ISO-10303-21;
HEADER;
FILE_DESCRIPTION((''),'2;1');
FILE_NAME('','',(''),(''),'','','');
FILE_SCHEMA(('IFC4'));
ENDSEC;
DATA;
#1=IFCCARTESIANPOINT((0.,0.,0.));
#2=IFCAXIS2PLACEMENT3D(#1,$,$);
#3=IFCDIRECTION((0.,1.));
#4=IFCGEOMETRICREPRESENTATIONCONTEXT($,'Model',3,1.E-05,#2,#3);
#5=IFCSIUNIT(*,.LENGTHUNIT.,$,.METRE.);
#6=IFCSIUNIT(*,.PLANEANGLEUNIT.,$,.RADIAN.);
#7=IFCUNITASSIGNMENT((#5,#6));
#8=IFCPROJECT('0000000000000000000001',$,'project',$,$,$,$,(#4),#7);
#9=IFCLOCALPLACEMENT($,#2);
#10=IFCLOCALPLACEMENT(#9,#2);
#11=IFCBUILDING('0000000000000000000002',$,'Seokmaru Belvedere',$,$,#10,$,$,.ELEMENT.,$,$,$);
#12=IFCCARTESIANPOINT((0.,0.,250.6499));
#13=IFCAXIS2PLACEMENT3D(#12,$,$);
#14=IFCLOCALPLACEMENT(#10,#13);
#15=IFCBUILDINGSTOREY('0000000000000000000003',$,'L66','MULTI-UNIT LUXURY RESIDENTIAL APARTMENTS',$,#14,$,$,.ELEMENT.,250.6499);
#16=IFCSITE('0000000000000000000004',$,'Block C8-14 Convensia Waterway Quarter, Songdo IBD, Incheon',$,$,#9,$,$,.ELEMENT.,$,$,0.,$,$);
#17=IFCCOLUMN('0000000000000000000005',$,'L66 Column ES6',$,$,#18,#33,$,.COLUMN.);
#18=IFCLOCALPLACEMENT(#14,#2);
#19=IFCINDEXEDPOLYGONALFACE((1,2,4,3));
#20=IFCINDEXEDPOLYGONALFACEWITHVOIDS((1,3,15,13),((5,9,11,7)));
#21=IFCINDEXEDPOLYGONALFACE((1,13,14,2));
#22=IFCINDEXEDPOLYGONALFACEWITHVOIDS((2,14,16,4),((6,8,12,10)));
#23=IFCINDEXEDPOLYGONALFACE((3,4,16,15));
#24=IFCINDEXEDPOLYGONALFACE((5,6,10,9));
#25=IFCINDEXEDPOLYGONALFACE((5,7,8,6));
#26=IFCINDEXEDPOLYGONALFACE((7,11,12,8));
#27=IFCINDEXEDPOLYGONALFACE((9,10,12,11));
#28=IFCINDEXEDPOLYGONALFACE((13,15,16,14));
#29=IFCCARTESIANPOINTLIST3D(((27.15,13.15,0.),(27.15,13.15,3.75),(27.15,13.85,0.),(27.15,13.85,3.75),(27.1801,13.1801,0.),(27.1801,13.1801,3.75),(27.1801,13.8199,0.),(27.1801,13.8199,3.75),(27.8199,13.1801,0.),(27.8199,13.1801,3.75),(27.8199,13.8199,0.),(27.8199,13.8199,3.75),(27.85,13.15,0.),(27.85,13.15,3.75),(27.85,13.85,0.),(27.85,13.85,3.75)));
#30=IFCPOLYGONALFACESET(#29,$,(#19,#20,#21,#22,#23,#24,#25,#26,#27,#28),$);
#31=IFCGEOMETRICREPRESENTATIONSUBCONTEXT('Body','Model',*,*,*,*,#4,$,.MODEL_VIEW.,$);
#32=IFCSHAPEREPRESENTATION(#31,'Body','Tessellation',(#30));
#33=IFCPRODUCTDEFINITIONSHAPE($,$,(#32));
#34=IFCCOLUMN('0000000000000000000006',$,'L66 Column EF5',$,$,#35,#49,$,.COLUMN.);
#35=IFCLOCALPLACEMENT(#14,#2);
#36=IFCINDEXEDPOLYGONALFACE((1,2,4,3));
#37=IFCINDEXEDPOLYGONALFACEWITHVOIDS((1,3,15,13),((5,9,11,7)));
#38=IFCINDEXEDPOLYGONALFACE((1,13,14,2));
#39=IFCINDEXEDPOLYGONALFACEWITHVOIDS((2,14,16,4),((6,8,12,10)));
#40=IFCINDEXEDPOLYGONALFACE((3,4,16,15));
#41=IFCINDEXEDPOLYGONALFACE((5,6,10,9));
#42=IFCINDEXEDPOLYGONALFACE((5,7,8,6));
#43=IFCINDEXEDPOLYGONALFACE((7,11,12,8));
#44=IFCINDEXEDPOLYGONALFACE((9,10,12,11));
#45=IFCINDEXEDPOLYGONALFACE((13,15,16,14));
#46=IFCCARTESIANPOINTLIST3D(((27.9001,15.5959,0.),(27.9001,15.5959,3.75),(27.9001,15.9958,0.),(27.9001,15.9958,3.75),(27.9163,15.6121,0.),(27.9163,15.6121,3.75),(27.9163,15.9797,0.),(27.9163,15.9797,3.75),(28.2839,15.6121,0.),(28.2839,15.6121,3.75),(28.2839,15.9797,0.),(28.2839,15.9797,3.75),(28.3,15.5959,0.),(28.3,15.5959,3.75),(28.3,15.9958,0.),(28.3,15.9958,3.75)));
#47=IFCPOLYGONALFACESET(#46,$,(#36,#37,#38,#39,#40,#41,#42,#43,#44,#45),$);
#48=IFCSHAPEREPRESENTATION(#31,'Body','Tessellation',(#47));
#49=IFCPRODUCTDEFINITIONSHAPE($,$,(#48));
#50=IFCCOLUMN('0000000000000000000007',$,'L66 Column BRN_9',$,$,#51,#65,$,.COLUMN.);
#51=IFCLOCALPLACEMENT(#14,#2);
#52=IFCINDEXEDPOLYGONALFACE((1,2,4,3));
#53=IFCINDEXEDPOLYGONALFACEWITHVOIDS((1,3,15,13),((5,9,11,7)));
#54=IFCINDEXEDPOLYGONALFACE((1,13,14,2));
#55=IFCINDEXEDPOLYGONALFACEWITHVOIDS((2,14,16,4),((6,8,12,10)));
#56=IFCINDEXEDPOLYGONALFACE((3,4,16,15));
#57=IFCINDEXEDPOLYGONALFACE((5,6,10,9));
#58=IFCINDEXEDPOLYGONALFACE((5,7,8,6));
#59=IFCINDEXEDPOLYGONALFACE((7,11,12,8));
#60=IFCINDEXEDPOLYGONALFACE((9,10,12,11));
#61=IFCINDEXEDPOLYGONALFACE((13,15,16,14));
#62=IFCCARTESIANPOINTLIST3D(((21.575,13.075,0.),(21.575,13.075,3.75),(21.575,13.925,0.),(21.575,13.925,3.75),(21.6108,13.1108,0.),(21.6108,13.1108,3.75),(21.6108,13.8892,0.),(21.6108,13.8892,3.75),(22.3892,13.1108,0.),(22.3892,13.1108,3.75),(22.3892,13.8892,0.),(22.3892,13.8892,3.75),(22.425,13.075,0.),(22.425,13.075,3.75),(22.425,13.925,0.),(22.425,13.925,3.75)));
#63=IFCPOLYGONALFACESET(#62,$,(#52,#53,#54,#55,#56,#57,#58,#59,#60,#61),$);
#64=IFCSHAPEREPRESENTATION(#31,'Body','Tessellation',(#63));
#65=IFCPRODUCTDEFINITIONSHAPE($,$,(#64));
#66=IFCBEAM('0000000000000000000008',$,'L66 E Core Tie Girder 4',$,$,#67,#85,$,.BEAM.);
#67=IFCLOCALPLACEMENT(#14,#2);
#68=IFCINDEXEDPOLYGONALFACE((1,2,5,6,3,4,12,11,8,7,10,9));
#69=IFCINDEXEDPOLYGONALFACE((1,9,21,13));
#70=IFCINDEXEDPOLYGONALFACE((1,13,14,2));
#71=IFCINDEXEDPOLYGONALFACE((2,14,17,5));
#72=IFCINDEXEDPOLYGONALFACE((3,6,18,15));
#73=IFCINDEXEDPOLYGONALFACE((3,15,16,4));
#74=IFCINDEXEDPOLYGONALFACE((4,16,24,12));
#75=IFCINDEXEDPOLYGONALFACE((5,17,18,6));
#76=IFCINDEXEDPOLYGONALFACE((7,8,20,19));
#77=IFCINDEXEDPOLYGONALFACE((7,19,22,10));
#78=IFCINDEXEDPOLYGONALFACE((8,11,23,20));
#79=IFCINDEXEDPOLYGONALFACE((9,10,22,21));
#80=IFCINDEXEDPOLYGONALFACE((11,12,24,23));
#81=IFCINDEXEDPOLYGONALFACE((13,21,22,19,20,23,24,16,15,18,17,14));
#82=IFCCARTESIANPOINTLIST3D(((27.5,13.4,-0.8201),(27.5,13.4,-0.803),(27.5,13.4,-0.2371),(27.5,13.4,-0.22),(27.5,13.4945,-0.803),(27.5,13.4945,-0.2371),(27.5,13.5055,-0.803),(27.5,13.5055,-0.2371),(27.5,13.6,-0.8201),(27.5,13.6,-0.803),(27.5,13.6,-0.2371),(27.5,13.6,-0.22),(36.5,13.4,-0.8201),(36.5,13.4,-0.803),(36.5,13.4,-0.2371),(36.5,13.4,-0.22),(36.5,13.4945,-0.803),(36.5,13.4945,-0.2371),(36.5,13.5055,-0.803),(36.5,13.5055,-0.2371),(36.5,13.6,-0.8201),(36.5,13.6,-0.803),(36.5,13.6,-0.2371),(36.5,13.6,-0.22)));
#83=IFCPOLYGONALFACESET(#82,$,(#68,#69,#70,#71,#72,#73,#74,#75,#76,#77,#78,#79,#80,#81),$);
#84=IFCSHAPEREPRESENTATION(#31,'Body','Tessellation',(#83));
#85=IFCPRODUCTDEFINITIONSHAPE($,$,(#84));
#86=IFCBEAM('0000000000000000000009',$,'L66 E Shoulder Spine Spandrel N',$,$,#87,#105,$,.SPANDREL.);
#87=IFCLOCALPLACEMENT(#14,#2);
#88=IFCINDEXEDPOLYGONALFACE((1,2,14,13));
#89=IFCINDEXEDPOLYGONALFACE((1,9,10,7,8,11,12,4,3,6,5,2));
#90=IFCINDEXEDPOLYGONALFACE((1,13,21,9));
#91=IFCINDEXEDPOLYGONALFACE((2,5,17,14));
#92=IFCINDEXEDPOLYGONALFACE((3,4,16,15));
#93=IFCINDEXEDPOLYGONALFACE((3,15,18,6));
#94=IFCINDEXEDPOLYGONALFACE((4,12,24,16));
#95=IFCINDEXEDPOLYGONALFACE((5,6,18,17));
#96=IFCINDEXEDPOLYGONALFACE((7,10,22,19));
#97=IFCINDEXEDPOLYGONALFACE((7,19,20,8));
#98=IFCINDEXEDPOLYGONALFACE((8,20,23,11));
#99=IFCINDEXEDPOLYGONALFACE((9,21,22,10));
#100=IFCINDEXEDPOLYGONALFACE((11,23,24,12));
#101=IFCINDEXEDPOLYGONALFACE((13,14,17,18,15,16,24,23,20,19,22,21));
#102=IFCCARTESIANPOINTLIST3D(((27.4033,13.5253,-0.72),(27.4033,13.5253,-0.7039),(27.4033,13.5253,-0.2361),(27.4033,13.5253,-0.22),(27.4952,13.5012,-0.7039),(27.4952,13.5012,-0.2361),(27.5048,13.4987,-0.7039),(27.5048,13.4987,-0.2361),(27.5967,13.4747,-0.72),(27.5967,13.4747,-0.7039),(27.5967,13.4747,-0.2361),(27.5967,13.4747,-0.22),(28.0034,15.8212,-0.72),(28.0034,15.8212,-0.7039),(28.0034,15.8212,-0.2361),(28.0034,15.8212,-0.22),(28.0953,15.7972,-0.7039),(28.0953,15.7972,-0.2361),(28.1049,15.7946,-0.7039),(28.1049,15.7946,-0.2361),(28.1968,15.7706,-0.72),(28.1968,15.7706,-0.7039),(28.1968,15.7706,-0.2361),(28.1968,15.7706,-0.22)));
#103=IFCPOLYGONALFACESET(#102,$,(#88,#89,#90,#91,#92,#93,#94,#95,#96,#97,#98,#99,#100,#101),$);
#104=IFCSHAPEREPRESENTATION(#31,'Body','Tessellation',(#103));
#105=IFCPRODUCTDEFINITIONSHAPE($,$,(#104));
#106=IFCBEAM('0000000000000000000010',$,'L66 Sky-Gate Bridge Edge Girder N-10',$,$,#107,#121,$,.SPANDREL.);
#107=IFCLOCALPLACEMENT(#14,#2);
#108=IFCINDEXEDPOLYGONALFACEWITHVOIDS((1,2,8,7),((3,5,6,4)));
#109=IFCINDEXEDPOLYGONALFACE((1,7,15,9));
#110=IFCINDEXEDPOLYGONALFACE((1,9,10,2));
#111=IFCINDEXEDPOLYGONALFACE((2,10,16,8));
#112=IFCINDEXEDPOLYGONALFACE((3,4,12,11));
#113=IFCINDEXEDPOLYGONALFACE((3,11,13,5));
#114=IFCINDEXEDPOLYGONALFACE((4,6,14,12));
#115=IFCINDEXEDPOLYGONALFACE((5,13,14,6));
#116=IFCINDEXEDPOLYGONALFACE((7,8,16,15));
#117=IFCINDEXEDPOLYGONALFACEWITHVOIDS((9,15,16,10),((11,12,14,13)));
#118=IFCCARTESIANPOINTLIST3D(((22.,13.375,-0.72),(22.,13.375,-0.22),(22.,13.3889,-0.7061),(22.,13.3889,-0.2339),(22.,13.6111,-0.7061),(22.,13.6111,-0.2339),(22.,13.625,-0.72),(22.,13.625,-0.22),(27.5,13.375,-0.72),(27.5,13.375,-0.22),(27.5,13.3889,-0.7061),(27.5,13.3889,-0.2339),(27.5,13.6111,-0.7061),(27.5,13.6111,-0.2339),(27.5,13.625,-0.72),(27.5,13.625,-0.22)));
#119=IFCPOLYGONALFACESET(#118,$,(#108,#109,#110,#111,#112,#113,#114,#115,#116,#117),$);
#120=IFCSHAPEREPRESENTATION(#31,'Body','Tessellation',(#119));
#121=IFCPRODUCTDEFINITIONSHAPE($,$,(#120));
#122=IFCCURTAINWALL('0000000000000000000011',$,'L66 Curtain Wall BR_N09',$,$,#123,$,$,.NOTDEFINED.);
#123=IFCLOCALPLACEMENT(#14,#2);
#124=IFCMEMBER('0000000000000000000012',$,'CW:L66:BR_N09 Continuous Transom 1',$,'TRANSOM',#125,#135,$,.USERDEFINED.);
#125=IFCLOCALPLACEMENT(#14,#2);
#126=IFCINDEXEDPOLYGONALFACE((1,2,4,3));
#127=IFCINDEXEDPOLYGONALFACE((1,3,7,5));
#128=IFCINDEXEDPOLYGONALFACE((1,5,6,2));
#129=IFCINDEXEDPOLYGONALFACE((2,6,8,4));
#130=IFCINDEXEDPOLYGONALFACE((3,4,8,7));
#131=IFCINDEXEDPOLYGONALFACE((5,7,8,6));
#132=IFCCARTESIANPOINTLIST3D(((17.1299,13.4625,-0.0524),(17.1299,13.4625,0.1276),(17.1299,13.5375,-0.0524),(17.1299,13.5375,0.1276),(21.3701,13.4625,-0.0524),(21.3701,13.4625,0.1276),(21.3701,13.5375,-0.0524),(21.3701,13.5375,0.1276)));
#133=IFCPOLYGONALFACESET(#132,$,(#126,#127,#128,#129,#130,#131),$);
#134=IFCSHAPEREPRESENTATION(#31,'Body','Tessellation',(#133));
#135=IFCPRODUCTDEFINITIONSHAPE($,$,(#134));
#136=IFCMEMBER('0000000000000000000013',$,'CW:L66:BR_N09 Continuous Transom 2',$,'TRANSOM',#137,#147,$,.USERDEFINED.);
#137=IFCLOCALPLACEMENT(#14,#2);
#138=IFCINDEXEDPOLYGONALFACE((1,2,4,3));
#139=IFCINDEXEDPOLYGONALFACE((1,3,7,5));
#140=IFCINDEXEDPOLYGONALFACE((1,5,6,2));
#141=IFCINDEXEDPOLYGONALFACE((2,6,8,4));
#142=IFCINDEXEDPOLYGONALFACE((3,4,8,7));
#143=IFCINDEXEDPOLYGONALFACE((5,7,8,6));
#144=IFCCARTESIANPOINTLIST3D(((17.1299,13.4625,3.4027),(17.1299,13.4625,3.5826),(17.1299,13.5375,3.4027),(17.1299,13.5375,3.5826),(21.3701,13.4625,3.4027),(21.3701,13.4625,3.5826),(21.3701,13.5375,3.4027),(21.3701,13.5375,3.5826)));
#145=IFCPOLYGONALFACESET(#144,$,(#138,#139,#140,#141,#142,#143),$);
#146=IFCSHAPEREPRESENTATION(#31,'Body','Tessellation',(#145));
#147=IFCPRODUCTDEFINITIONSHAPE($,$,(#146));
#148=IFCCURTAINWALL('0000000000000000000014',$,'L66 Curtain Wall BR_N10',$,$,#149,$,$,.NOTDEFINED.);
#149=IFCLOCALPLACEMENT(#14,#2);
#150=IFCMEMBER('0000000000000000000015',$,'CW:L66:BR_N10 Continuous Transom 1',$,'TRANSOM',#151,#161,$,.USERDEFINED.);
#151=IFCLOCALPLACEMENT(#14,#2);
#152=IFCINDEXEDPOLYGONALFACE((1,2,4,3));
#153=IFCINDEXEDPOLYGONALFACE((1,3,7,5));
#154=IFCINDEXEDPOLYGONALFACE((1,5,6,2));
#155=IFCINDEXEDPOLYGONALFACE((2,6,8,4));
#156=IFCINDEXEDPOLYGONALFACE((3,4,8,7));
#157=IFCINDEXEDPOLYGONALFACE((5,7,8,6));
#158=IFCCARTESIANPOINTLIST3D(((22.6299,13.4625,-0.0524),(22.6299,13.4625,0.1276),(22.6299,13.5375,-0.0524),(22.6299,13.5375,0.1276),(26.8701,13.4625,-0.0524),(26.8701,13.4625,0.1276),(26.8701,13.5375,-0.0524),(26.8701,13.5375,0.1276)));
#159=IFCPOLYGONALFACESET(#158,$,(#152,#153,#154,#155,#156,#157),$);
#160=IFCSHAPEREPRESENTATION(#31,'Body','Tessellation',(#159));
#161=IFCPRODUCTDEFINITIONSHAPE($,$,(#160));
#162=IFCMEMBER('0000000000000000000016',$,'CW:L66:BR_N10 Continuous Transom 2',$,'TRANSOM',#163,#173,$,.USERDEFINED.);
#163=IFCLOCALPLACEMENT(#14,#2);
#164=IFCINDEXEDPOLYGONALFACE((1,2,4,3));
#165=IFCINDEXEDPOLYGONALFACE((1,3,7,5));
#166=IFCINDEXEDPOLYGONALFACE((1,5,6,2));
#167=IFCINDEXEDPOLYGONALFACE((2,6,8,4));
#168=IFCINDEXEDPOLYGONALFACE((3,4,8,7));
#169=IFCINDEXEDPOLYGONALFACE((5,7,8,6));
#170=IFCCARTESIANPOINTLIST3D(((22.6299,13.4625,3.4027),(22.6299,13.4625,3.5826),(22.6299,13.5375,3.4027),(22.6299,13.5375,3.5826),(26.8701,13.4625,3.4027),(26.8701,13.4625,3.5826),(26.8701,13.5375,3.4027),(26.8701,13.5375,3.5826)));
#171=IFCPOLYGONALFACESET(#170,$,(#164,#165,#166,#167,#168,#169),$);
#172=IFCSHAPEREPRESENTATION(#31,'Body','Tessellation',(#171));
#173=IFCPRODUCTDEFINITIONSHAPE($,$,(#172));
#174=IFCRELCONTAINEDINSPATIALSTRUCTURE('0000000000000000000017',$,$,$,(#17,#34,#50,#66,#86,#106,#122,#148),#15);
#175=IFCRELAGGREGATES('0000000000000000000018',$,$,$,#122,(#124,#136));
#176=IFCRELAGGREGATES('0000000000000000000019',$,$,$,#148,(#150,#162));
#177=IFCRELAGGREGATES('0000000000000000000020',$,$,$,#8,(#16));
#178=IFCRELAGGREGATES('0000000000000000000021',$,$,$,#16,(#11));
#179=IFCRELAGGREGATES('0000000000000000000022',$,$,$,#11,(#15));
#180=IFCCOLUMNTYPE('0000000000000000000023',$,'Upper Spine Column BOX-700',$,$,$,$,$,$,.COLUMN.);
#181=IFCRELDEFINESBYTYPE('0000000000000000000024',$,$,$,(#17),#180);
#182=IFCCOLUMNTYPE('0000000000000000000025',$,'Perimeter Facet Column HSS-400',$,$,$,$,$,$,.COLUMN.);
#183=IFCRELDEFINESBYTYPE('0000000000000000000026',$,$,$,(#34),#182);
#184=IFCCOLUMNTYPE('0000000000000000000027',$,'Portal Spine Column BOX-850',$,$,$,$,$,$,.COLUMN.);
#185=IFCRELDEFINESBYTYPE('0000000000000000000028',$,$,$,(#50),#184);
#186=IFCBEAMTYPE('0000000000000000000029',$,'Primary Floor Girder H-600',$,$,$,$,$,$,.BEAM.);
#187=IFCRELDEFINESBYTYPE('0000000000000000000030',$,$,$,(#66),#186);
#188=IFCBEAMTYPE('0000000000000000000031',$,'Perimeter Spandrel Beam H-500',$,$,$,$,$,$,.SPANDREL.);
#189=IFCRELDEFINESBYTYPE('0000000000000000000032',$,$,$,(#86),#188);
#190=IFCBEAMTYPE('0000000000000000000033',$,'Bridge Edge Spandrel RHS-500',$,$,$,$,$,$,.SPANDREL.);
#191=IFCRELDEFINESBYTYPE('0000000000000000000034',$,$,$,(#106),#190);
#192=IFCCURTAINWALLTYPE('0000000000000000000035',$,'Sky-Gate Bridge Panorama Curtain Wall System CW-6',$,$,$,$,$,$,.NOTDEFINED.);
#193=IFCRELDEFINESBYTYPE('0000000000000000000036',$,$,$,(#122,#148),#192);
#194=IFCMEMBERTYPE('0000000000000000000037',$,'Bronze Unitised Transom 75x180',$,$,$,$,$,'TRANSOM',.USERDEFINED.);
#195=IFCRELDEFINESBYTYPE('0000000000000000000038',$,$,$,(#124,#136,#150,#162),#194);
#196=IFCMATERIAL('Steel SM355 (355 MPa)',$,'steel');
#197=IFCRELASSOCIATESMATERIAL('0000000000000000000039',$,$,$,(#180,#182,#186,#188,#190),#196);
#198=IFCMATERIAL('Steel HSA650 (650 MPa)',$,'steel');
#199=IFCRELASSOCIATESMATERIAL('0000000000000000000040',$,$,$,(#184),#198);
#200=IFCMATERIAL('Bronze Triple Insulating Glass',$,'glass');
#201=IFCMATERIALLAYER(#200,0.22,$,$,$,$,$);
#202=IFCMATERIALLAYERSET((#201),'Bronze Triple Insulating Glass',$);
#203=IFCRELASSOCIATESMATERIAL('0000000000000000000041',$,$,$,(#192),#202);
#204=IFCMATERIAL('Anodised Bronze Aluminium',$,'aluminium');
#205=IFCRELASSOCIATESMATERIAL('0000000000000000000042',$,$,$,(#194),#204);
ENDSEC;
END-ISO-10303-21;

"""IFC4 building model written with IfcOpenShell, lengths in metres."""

from ifc_helpers import new_model, si_unit, direction, frame, origin, origin_2d, place, context, subcontext, project, spatial, rectangle, hollow_rectangle, i_section, extrude, source, transform, mapped, material, layer, layer_set, material_profile, profile_set, type_object, type_shapes, element, aggregate, save


model = new_model("IFC4")

# Units and contexts
model_context = context("Model", 3, precision=1e-05, world=origin(), true_north=direction((0.0, 1.0)))
body_context = subcontext(model_context, "Body", "Model", "MODEL_VIEW")
ifc_project = project(units=[si_unit("LENGTHUNIT", "METRE"), si_unit("PLANEANGLEUNIT", "RADIAN")], contexts=[model_context])

# Site, building, storey
site_placement = place(None, origin())
site = spatial("IfcSite", under=ifc_project, at=site_placement, Name="Block C8-14 Convensia Waterway Quarter, Songdo IBD, Incheon", CompositionType="ELEMENT", RefElevation=0.0)
building_placement = place(site_placement, origin())
building = spatial("IfcBuilding", under=site, at=building_placement, Name="Seokmaru Belvedere", CompositionType="ELEMENT")
storey_placement = place(building_placement, frame((0.0, 0.0, 250.6499)))
storey = spatial("IfcBuildingStorey", under=building, at=storey_placement, Name="L66", Description="MULTI-UNIT LUXURY RESIDENTIAL APARTMENTS", CompositionType="ELEMENT", Elevation=250.6499)

# Columns
ifc_material_1 = material(Name="Steel SM355 (355 MPa)", Category="steel")
ifc_material_profile_1 = material_profile(ifc_material_1, hollow_rectangle(XDim=0.7, YDim=0.7, WallThickness=0.03, at=origin_2d()), Name="BOX-700x700x30")
ifc_profile_set_1 = profile_set([ifc_material_profile_1], Name="Steel SM355 (355 MPa)")
column_type_1 = type_object("IfcColumnType", Name="Upper Spine Column BOX-700", PredefinedType="COLUMN", material=ifc_profile_set_1)
shared_shape_1 = source(origin(), body_context, "Body", "SweptSolid", [
    extrude(hollow_rectangle(XDim=0.7, YDim=0.7, WallThickness=0.03, at=origin_2d()), origin(), (0.0, 0.0, 1.0), 3.75),
])
type_shapes(column_type_1, [shared_shape_1])
column_1_placement = place(storey_placement, frame((27.5, 13.5, 0.0), z_axis=(0.0, 0.0, 1.0), x_axis=(1.0, 0.0, 0.0)))
element("IfcColumn", 1, at=column_1_placement, inside=storey, type_object=column_type_1, Name="L66 Column ES6", PredefinedType="COLUMN", context=body_context, shape_type="MappedRepresentation", body=[
    mapped(shared_shape_1, transform((0.0, 0.0, 0.0), scale=1.0)),
])
ifc_material_profile_2 = material_profile(ifc_material_1, hollow_rectangle(XDim=0.3999, YDim=0.3999, WallThickness=0.0161, at=origin_2d()), Name="HSS-400x400x16")
ifc_profile_set_2 = profile_set([ifc_material_profile_2], Name="Steel SM355 (355 MPa)")
column_type_2 = type_object("IfcColumnType", Name="Perimeter Facet Column HSS-400", PredefinedType="COLUMN", material=ifc_profile_set_2)
shared_shape_2 = source(origin(), body_context, "Body", "SweptSolid", [
    extrude(hollow_rectangle(XDim=0.3999, YDim=0.3999, WallThickness=0.0161, at=origin_2d()), origin(), (0.0, 0.0, 1.0), 3.75),
])
type_shapes(column_type_2, [shared_shape_2])
column_2_placement = place(storey_placement, frame((28.1001, 15.7959, 0.0), z_axis=(0.0, 0.0, 1.0), x_axis=(1.0, 0.0, 0.0)))
element("IfcColumn", 2, at=column_2_placement, inside=storey, type_object=column_type_2, Name="L66 Column EF5", PredefinedType="COLUMN", context=body_context, shape_type="MappedRepresentation", body=[
    mapped(shared_shape_2, transform((0.0, 0.0, 0.0), scale=1.0)),
])
ifc_material_2 = material(Name="Steel HSA650 (650 MPa)", Category="steel")
ifc_material_profile_3 = material_profile(ifc_material_2, hollow_rectangle(XDim=0.8501, YDim=0.8501, WallThickness=0.0359, at=origin_2d()), Name="BOX-850x850x36")
ifc_profile_set_3 = profile_set([ifc_material_profile_3], Name="Steel HSA650 (650 MPa)")
column_type_3 = type_object("IfcColumnType", Name="Portal Spine Column BOX-850", PredefinedType="COLUMN", material=ifc_profile_set_3)
shared_shape_3 = source(origin(), body_context, "Body", "SweptSolid", [
    extrude(hollow_rectangle(XDim=0.8501, YDim=0.8501, WallThickness=0.0359, at=origin_2d()), origin(), (0.0, 0.0, 1.0), 3.75),
])
type_shapes(column_type_3, [shared_shape_3])
column_3_placement = place(storey_placement, frame((22.0, 13.5, 0.0), z_axis=(0.0, 0.0, 1.0), x_axis=(1.0, 0.0, 0.0)))
element("IfcColumn", 3, at=column_3_placement, inside=storey, type_object=column_type_3, Name="L66 Column BRN_9", PredefinedType="COLUMN", context=body_context, shape_type="MappedRepresentation", body=[
    mapped(shared_shape_3, transform((0.0, 0.0, 0.0), scale=1.0)),
])

# Beams
ifc_material_profile_4 = material_profile(ifc_material_1, i_section(OverallWidth=0.2, OverallDepth=0.6001, WebThickness=0.011, FlangeThickness=0.0171, at=origin_2d()), Name="H-600x200x11x17")
ifc_profile_set_4 = profile_set([ifc_material_profile_4], Name="Steel SM355 (355 MPa)")
beam_type_1 = type_object("IfcBeamType", Name="Primary Floor Girder H-600", PredefinedType="BEAM", material=ifc_profile_set_4)
shared_shape_4 = source(origin(), body_context, "Body", "SweptSolid", [
    extrude(i_section(OverallWidth=0.2, OverallDepth=0.6001, WebThickness=0.011, FlangeThickness=0.0171, at=origin_2d()), origin(), (0.0, 0.0, 1.0), 9.0),
])
type_shapes(beam_type_1, [shared_shape_4])
beam_1_placement = place(storey_placement, frame((27.5, 13.5, -0.52), z_axis=(1.0, 0.0, 0.0), x_axis=(0.0, 1.0, 0.0)))
element("IfcBeam", 4, at=beam_1_placement, inside=storey, type_object=beam_type_1, Name="L66 E Core Tie Girder 4", PredefinedType="BEAM", context=body_context, shape_type="MappedRepresentation", body=[
    mapped(shared_shape_4, transform((0.0, 0.0, 0.0), scale=1.0)),
])
ifc_material_profile_5 = material_profile(ifc_material_1, i_section(OverallWidth=0.2, OverallDepth=0.5, WebThickness=0.01, FlangeThickness=0.0161, at=origin_2d()), Name="H-500x200x10x16")
ifc_profile_set_5 = profile_set([ifc_material_profile_5], Name="Steel SM355 (355 MPa)")
beam_type_2 = type_object("IfcBeamType", Name="Perimeter Spandrel Beam H-500", PredefinedType="SPANDREL", material=ifc_profile_set_5)
shared_shape_5 = source(origin(), body_context, "Body", "SweptSolid", [
    extrude(i_section(OverallWidth=0.2, OverallDepth=0.5, WebThickness=0.01, FlangeThickness=0.0161, at=origin_2d()), origin(), (0.0, 0.0, 1.0), 2.373),
])
type_shapes(beam_type_2, [shared_shape_5])
beam_2_placement = place(storey_placement, frame((28.1001, 15.7959, -0.47), z_axis=(-0.252883, -0.967497, 0.0), x_axis=(0.967497, -0.252883, 0.0)))
element("IfcBeam", 5, at=beam_2_placement, inside=storey, type_object=beam_type_2, Name="L66 E Shoulder Spine Spandrel N", PredefinedType="SPANDREL", context=body_context, shape_type="MappedRepresentation", body=[
    mapped(shared_shape_5, transform((0.0, 0.0, 0.0), scale=1.0)),
])
ifc_material_profile_6 = material_profile(ifc_material_1, hollow_rectangle(XDim=0.25, YDim=0.5, WallThickness=0.0139, at=origin_2d()), Name="RHS-500x250x14")
ifc_profile_set_6 = profile_set([ifc_material_profile_6], Name="Steel SM355 (355 MPa)")
beam_type_3 = type_object("IfcBeamType", Name="Bridge Edge Spandrel RHS-500", PredefinedType="SPANDREL", material=ifc_profile_set_6)
shared_shape_6 = source(origin(), body_context, "Body", "SweptSolid", [
    extrude(hollow_rectangle(XDim=0.25, YDim=0.5, WallThickness=0.0139, at=origin_2d()), origin(), (0.0, 0.0, 1.0), 5.5),
])
type_shapes(beam_type_3, [shared_shape_6])
beam_3_placement = place(storey_placement, frame((22.0, 13.5, -0.47), z_axis=(1.0, 0.0, 0.0), x_axis=(0.0, 1.0, 0.0)))
element("IfcBeam", 6, at=beam_3_placement, inside=storey, type_object=beam_type_3, Name="L66 Sky-Gate Bridge Edge Girder N-10", PredefinedType="SPANDREL", context=body_context, shape_type="MappedRepresentation", body=[
    mapped(shared_shape_6, transform((0.0, 0.0, 0.0), scale=1.0)),
])

# Curtain walls, members
ifc_material_3 = material(Name="Bronze Triple Insulating Glass", Category="glass")
ifc_layer_1 = layer(ifc_material_3, 0.22)
ifc_layer_set_1 = layer_set([ifc_layer_1], Name="Bronze Triple Insulating Glass")
curtain_wall_type = type_object("IfcCurtainWallType", Name="Sky-Gate Bridge Panorama Curtain Wall System CW-6", PredefinedType="NOTDEFINED", material=ifc_layer_set_1)
curtain_wall_1_placement = place(storey_placement, origin())
curtain_wall_1 = element("IfcCurtainWall", 7, at=curtain_wall_1_placement, inside=storey, type_object=curtain_wall_type, Name="L66 Curtain Wall BR_N09", PredefinedType="NOTDEFINED")
ifc_material_4 = material(Name="Anodised Bronze Aluminium", Category="aluminium")
ifc_material_profile_7 = material_profile(ifc_material_4, rectangle(XDim=0.075, YDim=0.1799, at=origin_2d()), Name="CW-T-75x180")
ifc_profile_set_7 = profile_set([ifc_material_profile_7], Name="Anodised Bronze Aluminium")
member_type_1 = type_object("IfcMemberType", Name="Bronze Unitised Transom 75x180", ElementType="TRANSOM", PredefinedType="USERDEFINED", material=ifc_profile_set_7)
shared_shape_7 = source(origin(), body_context, "Body", "SweptSolid", [
    extrude(rectangle(XDim=0.075, YDim=0.1799, at=origin_2d()), origin(), (0.0, 0.0, 1.0), 4.2402),
])
type_shapes(member_type_1, [shared_shape_7])
member_1_placement = place(storey_placement, frame((21.3701, 13.5, 0.0376), z_axis=(-1.0, 0.0, 0.0), x_axis=(0.0, -1.0, 0.0)))
member_1 = element("IfcMember", 8, at=member_1_placement, type_object=member_type_1, Name="CW:L66:BR_N09 Continuous Transom 1", ObjectType="TRANSOM", PredefinedType="USERDEFINED", context=body_context, shape_type="MappedRepresentation", body=[
    mapped(shared_shape_7, transform((0.0, 0.0, 0.0), scale=1.0)),
])
member_2_placement = place(storey_placement, frame((21.3701, 13.5, 3.4927), z_axis=(-1.0, 0.0, 0.0), x_axis=(0.0, -1.0, 0.0)))
member_2 = element("IfcMember", 9, at=member_2_placement, type_object=member_type_1, Name="CW:L66:BR_N09 Continuous Transom 2", ObjectType="TRANSOM", PredefinedType="USERDEFINED", context=body_context, shape_type="MappedRepresentation", body=[
    mapped(shared_shape_7, transform((0.0, 0.0, 0.0), scale=1.0)),
])
curtain_wall_2_placement = place(storey_placement, origin())
curtain_wall_2 = element("IfcCurtainWall", 10, at=curtain_wall_2_placement, inside=storey, type_object=curtain_wall_type, Name="L66 Curtain Wall BR_N10", PredefinedType="NOTDEFINED")
member_3_placement = place(storey_placement, frame((26.8701, 13.5, 0.0376), z_axis=(-1.0, 0.0, 0.0), x_axis=(0.0, -1.0, 0.0)))
member_3 = element("IfcMember", 11, at=member_3_placement, type_object=member_type_1, Name="CW:L66:BR_N10 Continuous Transom 1", ObjectType="TRANSOM", PredefinedType="USERDEFINED", context=body_context, shape_type="MappedRepresentation", body=[
    mapped(shared_shape_7, transform((0.0, 0.0, 0.0), scale=1.0)),
])
member_4_placement = place(storey_placement, frame((26.8701, 13.5, 3.4927), z_axis=(-1.0, 0.0, 0.0), x_axis=(0.0, -1.0, 0.0)))
member_4 = element("IfcMember", 12, at=member_4_placement, type_object=member_type_1, Name="CW:L66:BR_N10 Continuous Transom 2", ObjectType="TRANSOM", PredefinedType="USERDEFINED", context=body_context, shape_type="MappedRepresentation", body=[
    mapped(shared_shape_7, transform((0.0, 0.0, 0.0), scale=1.0)),
])

aggregate(curtain_wall_1, [member_1, member_2])

aggregate(curtain_wall_2, [member_3, member_4])

save(model, "model.ifc")
